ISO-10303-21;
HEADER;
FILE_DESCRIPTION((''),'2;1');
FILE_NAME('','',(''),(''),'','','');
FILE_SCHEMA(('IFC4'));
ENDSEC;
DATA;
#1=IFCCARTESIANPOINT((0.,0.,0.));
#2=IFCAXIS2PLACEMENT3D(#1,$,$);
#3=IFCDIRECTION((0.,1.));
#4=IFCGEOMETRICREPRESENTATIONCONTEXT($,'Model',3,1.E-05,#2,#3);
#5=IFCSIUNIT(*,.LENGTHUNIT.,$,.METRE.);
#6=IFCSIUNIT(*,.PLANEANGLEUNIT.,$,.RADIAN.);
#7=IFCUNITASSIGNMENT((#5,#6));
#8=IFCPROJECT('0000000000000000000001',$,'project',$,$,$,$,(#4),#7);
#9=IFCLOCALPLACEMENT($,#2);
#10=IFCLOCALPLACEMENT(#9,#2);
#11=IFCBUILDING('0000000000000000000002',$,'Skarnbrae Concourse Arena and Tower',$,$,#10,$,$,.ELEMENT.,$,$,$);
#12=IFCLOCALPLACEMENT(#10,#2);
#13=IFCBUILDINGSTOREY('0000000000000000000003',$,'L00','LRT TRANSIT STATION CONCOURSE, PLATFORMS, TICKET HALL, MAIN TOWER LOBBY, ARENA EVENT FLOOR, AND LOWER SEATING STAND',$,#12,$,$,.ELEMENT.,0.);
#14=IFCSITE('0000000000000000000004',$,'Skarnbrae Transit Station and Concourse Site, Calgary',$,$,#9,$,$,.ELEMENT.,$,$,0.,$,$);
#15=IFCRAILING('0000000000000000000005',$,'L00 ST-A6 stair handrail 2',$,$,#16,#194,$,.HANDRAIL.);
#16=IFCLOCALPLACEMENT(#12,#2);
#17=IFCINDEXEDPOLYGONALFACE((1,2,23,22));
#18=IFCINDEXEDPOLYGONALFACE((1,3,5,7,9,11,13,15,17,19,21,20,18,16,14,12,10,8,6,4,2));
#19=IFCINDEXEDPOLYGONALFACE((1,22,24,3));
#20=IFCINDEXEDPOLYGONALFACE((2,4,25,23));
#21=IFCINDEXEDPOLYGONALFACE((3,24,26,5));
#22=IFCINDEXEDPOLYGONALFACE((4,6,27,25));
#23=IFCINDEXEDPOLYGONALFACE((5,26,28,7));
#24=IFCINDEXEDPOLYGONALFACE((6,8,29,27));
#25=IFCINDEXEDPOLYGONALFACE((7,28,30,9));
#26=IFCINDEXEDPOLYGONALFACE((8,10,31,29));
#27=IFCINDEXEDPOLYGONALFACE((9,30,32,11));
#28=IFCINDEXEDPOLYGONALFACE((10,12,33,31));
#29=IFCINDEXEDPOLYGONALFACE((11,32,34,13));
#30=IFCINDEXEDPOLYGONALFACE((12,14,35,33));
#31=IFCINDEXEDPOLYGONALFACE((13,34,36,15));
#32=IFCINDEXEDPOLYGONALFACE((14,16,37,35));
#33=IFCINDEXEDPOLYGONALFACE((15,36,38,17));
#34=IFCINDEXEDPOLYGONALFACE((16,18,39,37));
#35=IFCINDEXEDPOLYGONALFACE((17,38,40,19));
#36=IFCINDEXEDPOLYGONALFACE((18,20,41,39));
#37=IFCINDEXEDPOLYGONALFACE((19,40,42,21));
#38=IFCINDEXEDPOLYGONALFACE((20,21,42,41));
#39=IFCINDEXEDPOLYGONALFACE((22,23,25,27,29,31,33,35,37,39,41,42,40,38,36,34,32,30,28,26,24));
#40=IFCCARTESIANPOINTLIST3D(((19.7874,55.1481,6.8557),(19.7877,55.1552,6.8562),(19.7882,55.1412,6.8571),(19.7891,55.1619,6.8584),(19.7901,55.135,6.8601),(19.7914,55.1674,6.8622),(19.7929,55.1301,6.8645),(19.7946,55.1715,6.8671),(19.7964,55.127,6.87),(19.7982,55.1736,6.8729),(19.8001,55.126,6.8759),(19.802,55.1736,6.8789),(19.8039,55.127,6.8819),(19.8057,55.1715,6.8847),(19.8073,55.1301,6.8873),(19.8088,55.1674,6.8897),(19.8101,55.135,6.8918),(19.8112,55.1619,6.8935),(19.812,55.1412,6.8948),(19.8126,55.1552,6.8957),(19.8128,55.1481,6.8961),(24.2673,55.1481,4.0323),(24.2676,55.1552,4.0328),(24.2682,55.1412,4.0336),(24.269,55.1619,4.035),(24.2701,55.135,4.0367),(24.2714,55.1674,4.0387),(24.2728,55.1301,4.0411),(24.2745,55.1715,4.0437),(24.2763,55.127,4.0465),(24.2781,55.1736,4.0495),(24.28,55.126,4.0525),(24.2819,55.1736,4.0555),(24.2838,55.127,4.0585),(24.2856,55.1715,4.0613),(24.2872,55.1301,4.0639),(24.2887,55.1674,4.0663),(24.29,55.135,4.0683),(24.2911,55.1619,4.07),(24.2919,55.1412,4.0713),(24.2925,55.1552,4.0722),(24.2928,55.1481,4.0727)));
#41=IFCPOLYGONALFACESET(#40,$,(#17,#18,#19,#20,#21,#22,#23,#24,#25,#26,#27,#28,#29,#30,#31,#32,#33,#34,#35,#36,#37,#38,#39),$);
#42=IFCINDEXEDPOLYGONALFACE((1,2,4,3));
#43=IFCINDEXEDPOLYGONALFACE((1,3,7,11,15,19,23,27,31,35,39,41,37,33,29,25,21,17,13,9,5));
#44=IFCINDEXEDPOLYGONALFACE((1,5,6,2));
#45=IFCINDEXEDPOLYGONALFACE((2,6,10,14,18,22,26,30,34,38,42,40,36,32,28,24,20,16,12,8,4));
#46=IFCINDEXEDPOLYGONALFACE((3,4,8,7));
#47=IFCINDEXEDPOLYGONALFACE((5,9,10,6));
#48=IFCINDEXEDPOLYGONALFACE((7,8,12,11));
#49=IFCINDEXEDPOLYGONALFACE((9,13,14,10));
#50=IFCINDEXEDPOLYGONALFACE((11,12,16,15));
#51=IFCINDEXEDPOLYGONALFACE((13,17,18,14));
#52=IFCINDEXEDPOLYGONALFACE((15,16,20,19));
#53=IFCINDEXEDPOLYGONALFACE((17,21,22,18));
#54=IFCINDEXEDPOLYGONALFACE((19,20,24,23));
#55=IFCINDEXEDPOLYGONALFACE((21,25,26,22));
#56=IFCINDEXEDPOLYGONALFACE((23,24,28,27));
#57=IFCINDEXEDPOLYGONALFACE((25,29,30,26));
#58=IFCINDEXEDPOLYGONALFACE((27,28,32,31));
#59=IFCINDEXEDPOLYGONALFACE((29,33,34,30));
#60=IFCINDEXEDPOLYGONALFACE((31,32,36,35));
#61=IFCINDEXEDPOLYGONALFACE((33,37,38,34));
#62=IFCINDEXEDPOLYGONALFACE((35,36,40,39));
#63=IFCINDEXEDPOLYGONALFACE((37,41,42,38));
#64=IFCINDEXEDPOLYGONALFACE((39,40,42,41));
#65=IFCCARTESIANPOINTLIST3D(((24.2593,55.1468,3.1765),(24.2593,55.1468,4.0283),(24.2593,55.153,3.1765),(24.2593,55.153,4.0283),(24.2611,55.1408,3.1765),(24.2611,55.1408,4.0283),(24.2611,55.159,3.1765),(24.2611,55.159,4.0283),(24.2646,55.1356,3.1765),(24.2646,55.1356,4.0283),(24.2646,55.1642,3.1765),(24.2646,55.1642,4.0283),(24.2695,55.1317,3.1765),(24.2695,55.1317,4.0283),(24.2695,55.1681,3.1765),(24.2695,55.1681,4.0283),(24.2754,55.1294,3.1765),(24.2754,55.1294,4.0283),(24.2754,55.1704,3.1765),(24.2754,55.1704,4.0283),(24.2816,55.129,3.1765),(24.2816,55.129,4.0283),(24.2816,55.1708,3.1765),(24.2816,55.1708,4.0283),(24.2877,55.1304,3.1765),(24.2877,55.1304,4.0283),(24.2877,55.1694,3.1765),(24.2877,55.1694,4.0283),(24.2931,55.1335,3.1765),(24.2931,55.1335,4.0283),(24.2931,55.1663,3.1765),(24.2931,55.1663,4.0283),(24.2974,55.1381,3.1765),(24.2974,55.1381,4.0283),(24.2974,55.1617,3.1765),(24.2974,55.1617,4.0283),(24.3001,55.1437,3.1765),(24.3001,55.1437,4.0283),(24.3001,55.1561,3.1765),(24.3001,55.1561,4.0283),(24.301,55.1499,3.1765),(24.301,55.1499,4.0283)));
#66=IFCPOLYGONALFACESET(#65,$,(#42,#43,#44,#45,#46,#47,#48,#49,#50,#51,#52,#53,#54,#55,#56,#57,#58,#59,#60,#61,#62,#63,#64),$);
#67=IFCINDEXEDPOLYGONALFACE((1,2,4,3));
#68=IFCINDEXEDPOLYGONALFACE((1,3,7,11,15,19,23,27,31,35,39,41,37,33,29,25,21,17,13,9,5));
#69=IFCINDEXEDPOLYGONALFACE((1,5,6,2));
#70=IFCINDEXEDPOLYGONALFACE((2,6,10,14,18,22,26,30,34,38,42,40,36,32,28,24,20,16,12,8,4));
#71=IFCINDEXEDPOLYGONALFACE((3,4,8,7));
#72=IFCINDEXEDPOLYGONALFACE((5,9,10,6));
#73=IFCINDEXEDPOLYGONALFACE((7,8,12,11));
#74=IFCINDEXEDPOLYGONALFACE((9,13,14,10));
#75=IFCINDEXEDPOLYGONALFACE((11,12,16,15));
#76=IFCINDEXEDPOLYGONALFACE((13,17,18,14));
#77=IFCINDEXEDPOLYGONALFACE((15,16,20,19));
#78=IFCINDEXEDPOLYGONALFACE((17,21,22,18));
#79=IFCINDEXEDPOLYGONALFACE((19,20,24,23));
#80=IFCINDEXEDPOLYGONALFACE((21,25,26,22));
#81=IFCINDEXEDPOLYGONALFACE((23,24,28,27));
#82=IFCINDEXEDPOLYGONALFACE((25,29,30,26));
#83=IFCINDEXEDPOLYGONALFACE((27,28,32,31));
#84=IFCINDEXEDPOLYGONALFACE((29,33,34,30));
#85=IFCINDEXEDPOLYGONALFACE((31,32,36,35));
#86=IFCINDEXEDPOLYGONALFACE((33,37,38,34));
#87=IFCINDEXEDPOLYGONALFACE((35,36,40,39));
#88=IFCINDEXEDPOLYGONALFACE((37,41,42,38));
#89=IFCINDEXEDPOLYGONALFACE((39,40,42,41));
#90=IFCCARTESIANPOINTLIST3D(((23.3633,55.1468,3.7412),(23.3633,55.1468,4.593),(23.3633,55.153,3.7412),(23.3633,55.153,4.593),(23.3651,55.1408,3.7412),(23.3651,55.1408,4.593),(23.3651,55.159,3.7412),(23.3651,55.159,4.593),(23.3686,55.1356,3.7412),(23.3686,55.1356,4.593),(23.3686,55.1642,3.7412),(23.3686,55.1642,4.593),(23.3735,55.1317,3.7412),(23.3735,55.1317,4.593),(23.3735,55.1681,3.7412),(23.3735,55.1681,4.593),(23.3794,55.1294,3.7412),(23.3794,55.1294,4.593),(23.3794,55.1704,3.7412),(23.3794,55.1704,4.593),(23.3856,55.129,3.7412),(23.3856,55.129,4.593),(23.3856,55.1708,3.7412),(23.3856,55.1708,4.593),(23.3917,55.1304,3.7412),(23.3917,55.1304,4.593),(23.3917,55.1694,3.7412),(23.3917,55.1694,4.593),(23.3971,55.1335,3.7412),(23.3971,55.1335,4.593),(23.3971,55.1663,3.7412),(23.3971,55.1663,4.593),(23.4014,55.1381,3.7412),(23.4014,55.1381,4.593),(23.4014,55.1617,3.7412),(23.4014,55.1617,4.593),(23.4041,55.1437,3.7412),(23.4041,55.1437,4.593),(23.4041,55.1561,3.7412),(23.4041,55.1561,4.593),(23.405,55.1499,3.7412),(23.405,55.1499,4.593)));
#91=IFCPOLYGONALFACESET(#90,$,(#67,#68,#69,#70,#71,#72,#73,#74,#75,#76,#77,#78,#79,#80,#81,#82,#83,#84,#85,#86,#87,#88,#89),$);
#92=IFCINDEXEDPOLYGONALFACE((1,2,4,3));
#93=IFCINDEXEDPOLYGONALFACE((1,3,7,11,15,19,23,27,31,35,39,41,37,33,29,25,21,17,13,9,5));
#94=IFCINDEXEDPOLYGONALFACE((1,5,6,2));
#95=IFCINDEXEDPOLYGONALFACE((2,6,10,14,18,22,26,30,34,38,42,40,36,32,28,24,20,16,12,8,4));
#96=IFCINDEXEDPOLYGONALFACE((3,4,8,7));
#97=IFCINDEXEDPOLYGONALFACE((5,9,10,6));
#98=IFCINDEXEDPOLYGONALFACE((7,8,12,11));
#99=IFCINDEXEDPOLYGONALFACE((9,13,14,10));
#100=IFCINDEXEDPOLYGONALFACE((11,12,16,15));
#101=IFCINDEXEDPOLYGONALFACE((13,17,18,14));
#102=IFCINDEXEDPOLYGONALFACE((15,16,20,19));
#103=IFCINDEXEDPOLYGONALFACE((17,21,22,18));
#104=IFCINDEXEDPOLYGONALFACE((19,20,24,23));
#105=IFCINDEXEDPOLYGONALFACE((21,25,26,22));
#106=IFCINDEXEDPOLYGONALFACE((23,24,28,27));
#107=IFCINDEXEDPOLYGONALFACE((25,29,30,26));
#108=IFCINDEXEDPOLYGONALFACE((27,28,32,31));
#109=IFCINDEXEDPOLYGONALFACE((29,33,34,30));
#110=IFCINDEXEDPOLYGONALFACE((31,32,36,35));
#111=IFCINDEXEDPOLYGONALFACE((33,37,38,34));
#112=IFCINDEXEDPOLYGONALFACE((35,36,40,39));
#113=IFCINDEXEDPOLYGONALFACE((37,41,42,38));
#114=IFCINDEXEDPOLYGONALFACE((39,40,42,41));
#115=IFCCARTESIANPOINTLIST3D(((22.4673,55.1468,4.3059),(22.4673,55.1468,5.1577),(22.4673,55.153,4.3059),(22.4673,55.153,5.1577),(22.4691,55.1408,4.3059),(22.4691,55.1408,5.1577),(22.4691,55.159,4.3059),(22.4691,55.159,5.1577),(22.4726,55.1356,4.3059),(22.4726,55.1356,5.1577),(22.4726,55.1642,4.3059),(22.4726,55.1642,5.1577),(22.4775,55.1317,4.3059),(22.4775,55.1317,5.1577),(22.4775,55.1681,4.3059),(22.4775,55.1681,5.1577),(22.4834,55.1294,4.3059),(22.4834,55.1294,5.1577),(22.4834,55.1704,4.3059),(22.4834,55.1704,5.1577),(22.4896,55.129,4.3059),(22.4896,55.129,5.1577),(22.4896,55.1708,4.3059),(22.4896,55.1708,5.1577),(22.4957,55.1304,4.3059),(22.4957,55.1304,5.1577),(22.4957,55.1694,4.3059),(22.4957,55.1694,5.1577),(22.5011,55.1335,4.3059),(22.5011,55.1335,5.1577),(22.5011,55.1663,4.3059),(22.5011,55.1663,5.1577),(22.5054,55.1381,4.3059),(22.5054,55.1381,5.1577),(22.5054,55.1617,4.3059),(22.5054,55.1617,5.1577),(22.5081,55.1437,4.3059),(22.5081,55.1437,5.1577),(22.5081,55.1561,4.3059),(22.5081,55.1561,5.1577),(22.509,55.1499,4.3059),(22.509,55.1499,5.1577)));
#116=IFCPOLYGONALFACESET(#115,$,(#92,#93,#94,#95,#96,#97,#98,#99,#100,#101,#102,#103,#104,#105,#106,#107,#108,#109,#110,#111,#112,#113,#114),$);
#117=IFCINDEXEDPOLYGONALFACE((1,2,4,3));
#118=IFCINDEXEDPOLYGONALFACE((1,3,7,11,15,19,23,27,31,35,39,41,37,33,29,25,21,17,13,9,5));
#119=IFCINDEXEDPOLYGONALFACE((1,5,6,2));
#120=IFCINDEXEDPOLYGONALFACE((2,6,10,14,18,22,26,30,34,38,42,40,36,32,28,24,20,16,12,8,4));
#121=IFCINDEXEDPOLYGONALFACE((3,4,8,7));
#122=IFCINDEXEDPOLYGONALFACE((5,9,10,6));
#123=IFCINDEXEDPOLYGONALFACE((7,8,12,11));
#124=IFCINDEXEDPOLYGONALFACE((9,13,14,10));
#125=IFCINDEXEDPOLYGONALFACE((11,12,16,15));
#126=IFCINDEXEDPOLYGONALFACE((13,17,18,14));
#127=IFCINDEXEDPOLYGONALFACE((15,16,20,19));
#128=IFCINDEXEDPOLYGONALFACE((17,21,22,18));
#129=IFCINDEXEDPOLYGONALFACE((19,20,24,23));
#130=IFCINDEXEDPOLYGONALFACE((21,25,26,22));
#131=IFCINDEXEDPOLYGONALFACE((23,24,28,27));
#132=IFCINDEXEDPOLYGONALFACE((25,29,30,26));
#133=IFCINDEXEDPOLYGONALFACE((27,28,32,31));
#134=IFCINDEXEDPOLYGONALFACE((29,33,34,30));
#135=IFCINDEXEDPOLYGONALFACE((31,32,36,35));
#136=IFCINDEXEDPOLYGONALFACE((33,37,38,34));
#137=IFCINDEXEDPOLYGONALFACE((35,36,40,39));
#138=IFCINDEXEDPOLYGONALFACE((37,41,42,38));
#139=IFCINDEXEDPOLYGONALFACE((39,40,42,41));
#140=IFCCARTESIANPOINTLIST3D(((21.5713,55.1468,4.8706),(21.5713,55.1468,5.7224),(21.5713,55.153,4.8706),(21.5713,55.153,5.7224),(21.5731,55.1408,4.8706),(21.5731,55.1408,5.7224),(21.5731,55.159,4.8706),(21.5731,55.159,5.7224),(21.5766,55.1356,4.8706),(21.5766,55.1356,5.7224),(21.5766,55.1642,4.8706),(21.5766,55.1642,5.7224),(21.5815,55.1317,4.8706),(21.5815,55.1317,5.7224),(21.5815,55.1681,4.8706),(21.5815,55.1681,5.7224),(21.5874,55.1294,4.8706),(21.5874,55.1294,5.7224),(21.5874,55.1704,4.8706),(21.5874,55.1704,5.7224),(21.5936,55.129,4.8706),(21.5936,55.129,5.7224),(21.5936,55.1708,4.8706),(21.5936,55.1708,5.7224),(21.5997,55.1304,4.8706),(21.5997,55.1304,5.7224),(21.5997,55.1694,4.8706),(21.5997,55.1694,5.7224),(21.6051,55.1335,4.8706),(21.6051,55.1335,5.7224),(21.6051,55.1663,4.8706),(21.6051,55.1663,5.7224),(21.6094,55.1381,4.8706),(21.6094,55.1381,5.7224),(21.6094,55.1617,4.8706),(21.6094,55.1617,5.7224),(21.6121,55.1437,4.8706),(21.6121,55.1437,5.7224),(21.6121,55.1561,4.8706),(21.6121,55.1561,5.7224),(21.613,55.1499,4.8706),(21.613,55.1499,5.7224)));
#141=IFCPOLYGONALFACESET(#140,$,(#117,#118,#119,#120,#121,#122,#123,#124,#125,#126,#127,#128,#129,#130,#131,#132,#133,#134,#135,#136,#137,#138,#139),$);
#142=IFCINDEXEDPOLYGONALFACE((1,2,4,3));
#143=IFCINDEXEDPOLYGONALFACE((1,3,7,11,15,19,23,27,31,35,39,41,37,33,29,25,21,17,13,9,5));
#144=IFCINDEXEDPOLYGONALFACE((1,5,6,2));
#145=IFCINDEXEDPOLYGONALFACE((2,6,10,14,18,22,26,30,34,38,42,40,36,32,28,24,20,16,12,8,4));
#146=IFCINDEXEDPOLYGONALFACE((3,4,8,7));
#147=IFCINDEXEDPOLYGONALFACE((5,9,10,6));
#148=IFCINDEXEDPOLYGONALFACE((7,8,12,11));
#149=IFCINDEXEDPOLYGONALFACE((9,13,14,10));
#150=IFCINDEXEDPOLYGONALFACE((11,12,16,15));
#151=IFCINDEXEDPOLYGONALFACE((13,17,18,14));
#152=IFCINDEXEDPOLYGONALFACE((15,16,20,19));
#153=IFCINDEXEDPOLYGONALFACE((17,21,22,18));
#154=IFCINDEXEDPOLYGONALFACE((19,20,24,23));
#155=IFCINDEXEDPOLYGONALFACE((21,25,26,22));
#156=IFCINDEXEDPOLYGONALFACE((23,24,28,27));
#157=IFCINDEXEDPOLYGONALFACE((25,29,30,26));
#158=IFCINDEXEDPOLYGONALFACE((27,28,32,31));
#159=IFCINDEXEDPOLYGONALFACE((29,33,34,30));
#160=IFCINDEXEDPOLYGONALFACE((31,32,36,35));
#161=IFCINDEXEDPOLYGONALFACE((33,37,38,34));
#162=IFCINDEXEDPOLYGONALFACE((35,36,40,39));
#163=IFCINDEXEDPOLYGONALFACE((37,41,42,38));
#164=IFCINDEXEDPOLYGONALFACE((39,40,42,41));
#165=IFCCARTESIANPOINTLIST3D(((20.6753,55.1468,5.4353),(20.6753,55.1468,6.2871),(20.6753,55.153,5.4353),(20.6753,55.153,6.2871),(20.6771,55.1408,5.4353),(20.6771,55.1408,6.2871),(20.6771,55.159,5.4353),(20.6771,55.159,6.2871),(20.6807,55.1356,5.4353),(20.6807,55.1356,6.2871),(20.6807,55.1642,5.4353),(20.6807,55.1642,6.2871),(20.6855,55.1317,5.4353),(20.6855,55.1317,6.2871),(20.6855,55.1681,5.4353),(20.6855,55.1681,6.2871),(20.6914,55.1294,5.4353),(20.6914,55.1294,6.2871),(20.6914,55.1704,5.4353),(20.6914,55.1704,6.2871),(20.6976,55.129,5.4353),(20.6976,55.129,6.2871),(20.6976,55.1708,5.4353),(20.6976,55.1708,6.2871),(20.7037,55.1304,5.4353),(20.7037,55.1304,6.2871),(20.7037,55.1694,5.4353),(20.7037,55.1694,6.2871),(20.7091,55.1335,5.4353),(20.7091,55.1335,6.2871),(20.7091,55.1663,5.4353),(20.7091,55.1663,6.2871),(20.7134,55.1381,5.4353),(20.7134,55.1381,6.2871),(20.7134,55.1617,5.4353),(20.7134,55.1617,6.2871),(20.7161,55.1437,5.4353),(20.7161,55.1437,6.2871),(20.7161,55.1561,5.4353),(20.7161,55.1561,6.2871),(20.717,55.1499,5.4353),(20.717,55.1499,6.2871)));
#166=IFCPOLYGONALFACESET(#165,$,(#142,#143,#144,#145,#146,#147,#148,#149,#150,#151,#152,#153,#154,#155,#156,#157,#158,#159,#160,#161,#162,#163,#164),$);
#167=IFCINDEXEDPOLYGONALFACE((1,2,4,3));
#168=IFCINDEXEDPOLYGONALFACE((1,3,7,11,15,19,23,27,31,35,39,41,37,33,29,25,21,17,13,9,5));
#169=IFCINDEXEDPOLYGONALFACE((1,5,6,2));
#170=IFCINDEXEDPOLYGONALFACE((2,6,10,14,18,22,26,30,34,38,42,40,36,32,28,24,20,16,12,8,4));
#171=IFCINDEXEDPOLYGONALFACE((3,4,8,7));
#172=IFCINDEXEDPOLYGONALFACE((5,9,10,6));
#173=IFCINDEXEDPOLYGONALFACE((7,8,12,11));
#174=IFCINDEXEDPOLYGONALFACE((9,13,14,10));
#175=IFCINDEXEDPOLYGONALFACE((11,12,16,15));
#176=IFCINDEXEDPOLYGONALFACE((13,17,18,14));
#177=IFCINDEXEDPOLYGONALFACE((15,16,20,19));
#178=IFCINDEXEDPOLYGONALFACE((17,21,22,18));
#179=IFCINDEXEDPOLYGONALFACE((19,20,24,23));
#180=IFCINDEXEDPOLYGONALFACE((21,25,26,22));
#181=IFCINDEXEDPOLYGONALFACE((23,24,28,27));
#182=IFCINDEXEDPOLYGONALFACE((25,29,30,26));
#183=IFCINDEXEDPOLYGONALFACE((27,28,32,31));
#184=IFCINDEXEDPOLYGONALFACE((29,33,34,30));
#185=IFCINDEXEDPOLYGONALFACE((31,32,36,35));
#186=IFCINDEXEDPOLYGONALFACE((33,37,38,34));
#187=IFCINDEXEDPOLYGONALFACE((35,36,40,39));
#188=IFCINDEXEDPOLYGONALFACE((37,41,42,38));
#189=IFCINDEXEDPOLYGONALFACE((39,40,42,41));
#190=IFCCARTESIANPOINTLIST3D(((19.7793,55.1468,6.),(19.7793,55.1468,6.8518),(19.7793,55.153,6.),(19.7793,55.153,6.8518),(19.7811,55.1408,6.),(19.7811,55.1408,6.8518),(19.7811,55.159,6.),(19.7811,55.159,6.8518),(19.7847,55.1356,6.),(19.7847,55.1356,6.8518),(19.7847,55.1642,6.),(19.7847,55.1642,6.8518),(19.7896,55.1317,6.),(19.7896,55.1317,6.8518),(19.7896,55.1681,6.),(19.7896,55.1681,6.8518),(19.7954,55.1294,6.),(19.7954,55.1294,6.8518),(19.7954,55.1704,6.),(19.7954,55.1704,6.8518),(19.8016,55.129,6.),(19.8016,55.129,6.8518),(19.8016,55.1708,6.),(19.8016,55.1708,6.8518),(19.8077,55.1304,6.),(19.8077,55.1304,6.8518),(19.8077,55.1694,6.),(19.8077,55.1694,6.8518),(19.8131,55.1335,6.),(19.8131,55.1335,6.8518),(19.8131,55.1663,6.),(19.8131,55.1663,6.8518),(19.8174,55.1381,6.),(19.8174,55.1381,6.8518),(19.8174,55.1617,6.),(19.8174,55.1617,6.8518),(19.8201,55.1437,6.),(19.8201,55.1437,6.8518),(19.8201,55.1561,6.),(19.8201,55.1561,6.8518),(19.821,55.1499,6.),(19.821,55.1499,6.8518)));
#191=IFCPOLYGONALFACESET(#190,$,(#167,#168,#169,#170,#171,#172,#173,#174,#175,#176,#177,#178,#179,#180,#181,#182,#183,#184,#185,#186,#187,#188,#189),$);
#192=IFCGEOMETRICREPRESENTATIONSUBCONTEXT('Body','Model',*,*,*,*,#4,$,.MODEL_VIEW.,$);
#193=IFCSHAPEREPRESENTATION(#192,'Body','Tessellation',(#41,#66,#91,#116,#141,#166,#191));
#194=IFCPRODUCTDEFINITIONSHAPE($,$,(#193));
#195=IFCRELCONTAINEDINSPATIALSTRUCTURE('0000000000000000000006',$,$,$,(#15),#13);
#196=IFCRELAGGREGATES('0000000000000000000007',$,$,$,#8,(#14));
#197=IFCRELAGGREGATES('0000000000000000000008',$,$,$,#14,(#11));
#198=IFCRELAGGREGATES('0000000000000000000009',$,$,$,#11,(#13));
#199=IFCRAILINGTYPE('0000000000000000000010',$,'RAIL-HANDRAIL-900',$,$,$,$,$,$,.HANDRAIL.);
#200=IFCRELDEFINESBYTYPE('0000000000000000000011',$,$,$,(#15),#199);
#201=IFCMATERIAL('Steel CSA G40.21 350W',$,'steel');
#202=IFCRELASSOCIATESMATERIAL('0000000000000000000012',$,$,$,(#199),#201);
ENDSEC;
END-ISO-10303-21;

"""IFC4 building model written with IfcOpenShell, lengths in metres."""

from ifc_helpers import new_model, si_unit, direction, frame, origin, origin_2d, place, context, subcontext, project, spatial, circle, extrude, material, type_object, element, save


model = new_model("IFC4")

# Units and contexts
model_context = context("Model", 3, precision=1e-05, world=origin(), true_north=direction((0.0, 1.0)))
body_context = subcontext(model_context, "Body", "Model", "MODEL_VIEW")
ifc_project = project(units=[si_unit("LENGTHUNIT", "METRE"), si_unit("PLANEANGLEUNIT", "RADIAN")], contexts=[model_context])

# Site, building, storey
site_placement = place(None, origin())
site = spatial("IfcSite", under=ifc_project, at=site_placement, Name="Skarnbrae Transit Station and Concourse Site, Calgary", CompositionType="ELEMENT", RefElevation=0.0)
building_placement = place(site_placement, origin())
building = spatial("IfcBuilding", under=site, at=building_placement, Name="Skarnbrae Concourse Arena and Tower", CompositionType="ELEMENT")
storey_placement = place(building_placement, origin())
storey = spatial("IfcBuildingStorey", under=building, at=storey_placement, Name="L00", Description="LRT TRANSIT STATION CONCOURSE, PLATFORMS, TICKET HALL, MAIN TOWER LOBBY, ARENA EVENT FLOOR, AND LOWER SEATING STAND", CompositionType="ELEMENT", Elevation=0.0)

# Shared definitions
ifc_material_1 = material(Name="Steel CSA G40.21 350W", Category="steel")

# Railing
railing_type_1 = type_object("IfcRailingType", Name="RAIL-HANDRAIL-900", PredefinedType="HANDRAIL", material=ifc_material_1)
railing_1_placement = place(storey_placement, frame((24.28, 55.1499, 3.1765)))
element("IfcRailing", 1, at=railing_1_placement, inside=storey, type_object=railing_type_1, Name="L00 ST-A6 stair handrail 2", PredefinedType="HANDRAIL", context=body_context, shape_type="SweptSolid", body=[
    extrude(circle(Radius=0.0239, at=origin_2d()), frame((0.0, 0.0, 0.876), z_axis=(-0.845998, 0.0, 0.533186), x_axis=(0.0, -1.0, 0.0)), (0.0, 0.0, 1.0), 5.2954),
    extrude(circle(Radius=0.021, at=origin_2d()), origin(), (0.0, 0.0, 1.0), 0.8518),
    extrude(circle(Radius=0.021, at=origin_2d()), frame((-0.896, 0.0, 0.5647)), (0.0, 0.0, 1.0), 0.8518),
    extrude(circle(Radius=0.021, at=origin_2d()), frame((-1.792, 0.0, 1.1294)), (0.0, 0.0, 1.0), 0.8518),
    extrude(circle(Radius=0.021, at=origin_2d()), frame((-2.688, 0.0, 1.6941)), (0.0, 0.0, 1.0), 0.8518),
    extrude(circle(Radius=0.021, at=origin_2d()), frame((-3.584, 0.0, 2.2588)), (0.0, 0.0, 1.0), 0.8518),
    extrude(circle(Radius=0.021, at=origin_2d()), frame((-4.48, 0.0, 2.8235)), (0.0, 0.0, 1.0), 0.8518),
])

save(model, "model.ifc")
